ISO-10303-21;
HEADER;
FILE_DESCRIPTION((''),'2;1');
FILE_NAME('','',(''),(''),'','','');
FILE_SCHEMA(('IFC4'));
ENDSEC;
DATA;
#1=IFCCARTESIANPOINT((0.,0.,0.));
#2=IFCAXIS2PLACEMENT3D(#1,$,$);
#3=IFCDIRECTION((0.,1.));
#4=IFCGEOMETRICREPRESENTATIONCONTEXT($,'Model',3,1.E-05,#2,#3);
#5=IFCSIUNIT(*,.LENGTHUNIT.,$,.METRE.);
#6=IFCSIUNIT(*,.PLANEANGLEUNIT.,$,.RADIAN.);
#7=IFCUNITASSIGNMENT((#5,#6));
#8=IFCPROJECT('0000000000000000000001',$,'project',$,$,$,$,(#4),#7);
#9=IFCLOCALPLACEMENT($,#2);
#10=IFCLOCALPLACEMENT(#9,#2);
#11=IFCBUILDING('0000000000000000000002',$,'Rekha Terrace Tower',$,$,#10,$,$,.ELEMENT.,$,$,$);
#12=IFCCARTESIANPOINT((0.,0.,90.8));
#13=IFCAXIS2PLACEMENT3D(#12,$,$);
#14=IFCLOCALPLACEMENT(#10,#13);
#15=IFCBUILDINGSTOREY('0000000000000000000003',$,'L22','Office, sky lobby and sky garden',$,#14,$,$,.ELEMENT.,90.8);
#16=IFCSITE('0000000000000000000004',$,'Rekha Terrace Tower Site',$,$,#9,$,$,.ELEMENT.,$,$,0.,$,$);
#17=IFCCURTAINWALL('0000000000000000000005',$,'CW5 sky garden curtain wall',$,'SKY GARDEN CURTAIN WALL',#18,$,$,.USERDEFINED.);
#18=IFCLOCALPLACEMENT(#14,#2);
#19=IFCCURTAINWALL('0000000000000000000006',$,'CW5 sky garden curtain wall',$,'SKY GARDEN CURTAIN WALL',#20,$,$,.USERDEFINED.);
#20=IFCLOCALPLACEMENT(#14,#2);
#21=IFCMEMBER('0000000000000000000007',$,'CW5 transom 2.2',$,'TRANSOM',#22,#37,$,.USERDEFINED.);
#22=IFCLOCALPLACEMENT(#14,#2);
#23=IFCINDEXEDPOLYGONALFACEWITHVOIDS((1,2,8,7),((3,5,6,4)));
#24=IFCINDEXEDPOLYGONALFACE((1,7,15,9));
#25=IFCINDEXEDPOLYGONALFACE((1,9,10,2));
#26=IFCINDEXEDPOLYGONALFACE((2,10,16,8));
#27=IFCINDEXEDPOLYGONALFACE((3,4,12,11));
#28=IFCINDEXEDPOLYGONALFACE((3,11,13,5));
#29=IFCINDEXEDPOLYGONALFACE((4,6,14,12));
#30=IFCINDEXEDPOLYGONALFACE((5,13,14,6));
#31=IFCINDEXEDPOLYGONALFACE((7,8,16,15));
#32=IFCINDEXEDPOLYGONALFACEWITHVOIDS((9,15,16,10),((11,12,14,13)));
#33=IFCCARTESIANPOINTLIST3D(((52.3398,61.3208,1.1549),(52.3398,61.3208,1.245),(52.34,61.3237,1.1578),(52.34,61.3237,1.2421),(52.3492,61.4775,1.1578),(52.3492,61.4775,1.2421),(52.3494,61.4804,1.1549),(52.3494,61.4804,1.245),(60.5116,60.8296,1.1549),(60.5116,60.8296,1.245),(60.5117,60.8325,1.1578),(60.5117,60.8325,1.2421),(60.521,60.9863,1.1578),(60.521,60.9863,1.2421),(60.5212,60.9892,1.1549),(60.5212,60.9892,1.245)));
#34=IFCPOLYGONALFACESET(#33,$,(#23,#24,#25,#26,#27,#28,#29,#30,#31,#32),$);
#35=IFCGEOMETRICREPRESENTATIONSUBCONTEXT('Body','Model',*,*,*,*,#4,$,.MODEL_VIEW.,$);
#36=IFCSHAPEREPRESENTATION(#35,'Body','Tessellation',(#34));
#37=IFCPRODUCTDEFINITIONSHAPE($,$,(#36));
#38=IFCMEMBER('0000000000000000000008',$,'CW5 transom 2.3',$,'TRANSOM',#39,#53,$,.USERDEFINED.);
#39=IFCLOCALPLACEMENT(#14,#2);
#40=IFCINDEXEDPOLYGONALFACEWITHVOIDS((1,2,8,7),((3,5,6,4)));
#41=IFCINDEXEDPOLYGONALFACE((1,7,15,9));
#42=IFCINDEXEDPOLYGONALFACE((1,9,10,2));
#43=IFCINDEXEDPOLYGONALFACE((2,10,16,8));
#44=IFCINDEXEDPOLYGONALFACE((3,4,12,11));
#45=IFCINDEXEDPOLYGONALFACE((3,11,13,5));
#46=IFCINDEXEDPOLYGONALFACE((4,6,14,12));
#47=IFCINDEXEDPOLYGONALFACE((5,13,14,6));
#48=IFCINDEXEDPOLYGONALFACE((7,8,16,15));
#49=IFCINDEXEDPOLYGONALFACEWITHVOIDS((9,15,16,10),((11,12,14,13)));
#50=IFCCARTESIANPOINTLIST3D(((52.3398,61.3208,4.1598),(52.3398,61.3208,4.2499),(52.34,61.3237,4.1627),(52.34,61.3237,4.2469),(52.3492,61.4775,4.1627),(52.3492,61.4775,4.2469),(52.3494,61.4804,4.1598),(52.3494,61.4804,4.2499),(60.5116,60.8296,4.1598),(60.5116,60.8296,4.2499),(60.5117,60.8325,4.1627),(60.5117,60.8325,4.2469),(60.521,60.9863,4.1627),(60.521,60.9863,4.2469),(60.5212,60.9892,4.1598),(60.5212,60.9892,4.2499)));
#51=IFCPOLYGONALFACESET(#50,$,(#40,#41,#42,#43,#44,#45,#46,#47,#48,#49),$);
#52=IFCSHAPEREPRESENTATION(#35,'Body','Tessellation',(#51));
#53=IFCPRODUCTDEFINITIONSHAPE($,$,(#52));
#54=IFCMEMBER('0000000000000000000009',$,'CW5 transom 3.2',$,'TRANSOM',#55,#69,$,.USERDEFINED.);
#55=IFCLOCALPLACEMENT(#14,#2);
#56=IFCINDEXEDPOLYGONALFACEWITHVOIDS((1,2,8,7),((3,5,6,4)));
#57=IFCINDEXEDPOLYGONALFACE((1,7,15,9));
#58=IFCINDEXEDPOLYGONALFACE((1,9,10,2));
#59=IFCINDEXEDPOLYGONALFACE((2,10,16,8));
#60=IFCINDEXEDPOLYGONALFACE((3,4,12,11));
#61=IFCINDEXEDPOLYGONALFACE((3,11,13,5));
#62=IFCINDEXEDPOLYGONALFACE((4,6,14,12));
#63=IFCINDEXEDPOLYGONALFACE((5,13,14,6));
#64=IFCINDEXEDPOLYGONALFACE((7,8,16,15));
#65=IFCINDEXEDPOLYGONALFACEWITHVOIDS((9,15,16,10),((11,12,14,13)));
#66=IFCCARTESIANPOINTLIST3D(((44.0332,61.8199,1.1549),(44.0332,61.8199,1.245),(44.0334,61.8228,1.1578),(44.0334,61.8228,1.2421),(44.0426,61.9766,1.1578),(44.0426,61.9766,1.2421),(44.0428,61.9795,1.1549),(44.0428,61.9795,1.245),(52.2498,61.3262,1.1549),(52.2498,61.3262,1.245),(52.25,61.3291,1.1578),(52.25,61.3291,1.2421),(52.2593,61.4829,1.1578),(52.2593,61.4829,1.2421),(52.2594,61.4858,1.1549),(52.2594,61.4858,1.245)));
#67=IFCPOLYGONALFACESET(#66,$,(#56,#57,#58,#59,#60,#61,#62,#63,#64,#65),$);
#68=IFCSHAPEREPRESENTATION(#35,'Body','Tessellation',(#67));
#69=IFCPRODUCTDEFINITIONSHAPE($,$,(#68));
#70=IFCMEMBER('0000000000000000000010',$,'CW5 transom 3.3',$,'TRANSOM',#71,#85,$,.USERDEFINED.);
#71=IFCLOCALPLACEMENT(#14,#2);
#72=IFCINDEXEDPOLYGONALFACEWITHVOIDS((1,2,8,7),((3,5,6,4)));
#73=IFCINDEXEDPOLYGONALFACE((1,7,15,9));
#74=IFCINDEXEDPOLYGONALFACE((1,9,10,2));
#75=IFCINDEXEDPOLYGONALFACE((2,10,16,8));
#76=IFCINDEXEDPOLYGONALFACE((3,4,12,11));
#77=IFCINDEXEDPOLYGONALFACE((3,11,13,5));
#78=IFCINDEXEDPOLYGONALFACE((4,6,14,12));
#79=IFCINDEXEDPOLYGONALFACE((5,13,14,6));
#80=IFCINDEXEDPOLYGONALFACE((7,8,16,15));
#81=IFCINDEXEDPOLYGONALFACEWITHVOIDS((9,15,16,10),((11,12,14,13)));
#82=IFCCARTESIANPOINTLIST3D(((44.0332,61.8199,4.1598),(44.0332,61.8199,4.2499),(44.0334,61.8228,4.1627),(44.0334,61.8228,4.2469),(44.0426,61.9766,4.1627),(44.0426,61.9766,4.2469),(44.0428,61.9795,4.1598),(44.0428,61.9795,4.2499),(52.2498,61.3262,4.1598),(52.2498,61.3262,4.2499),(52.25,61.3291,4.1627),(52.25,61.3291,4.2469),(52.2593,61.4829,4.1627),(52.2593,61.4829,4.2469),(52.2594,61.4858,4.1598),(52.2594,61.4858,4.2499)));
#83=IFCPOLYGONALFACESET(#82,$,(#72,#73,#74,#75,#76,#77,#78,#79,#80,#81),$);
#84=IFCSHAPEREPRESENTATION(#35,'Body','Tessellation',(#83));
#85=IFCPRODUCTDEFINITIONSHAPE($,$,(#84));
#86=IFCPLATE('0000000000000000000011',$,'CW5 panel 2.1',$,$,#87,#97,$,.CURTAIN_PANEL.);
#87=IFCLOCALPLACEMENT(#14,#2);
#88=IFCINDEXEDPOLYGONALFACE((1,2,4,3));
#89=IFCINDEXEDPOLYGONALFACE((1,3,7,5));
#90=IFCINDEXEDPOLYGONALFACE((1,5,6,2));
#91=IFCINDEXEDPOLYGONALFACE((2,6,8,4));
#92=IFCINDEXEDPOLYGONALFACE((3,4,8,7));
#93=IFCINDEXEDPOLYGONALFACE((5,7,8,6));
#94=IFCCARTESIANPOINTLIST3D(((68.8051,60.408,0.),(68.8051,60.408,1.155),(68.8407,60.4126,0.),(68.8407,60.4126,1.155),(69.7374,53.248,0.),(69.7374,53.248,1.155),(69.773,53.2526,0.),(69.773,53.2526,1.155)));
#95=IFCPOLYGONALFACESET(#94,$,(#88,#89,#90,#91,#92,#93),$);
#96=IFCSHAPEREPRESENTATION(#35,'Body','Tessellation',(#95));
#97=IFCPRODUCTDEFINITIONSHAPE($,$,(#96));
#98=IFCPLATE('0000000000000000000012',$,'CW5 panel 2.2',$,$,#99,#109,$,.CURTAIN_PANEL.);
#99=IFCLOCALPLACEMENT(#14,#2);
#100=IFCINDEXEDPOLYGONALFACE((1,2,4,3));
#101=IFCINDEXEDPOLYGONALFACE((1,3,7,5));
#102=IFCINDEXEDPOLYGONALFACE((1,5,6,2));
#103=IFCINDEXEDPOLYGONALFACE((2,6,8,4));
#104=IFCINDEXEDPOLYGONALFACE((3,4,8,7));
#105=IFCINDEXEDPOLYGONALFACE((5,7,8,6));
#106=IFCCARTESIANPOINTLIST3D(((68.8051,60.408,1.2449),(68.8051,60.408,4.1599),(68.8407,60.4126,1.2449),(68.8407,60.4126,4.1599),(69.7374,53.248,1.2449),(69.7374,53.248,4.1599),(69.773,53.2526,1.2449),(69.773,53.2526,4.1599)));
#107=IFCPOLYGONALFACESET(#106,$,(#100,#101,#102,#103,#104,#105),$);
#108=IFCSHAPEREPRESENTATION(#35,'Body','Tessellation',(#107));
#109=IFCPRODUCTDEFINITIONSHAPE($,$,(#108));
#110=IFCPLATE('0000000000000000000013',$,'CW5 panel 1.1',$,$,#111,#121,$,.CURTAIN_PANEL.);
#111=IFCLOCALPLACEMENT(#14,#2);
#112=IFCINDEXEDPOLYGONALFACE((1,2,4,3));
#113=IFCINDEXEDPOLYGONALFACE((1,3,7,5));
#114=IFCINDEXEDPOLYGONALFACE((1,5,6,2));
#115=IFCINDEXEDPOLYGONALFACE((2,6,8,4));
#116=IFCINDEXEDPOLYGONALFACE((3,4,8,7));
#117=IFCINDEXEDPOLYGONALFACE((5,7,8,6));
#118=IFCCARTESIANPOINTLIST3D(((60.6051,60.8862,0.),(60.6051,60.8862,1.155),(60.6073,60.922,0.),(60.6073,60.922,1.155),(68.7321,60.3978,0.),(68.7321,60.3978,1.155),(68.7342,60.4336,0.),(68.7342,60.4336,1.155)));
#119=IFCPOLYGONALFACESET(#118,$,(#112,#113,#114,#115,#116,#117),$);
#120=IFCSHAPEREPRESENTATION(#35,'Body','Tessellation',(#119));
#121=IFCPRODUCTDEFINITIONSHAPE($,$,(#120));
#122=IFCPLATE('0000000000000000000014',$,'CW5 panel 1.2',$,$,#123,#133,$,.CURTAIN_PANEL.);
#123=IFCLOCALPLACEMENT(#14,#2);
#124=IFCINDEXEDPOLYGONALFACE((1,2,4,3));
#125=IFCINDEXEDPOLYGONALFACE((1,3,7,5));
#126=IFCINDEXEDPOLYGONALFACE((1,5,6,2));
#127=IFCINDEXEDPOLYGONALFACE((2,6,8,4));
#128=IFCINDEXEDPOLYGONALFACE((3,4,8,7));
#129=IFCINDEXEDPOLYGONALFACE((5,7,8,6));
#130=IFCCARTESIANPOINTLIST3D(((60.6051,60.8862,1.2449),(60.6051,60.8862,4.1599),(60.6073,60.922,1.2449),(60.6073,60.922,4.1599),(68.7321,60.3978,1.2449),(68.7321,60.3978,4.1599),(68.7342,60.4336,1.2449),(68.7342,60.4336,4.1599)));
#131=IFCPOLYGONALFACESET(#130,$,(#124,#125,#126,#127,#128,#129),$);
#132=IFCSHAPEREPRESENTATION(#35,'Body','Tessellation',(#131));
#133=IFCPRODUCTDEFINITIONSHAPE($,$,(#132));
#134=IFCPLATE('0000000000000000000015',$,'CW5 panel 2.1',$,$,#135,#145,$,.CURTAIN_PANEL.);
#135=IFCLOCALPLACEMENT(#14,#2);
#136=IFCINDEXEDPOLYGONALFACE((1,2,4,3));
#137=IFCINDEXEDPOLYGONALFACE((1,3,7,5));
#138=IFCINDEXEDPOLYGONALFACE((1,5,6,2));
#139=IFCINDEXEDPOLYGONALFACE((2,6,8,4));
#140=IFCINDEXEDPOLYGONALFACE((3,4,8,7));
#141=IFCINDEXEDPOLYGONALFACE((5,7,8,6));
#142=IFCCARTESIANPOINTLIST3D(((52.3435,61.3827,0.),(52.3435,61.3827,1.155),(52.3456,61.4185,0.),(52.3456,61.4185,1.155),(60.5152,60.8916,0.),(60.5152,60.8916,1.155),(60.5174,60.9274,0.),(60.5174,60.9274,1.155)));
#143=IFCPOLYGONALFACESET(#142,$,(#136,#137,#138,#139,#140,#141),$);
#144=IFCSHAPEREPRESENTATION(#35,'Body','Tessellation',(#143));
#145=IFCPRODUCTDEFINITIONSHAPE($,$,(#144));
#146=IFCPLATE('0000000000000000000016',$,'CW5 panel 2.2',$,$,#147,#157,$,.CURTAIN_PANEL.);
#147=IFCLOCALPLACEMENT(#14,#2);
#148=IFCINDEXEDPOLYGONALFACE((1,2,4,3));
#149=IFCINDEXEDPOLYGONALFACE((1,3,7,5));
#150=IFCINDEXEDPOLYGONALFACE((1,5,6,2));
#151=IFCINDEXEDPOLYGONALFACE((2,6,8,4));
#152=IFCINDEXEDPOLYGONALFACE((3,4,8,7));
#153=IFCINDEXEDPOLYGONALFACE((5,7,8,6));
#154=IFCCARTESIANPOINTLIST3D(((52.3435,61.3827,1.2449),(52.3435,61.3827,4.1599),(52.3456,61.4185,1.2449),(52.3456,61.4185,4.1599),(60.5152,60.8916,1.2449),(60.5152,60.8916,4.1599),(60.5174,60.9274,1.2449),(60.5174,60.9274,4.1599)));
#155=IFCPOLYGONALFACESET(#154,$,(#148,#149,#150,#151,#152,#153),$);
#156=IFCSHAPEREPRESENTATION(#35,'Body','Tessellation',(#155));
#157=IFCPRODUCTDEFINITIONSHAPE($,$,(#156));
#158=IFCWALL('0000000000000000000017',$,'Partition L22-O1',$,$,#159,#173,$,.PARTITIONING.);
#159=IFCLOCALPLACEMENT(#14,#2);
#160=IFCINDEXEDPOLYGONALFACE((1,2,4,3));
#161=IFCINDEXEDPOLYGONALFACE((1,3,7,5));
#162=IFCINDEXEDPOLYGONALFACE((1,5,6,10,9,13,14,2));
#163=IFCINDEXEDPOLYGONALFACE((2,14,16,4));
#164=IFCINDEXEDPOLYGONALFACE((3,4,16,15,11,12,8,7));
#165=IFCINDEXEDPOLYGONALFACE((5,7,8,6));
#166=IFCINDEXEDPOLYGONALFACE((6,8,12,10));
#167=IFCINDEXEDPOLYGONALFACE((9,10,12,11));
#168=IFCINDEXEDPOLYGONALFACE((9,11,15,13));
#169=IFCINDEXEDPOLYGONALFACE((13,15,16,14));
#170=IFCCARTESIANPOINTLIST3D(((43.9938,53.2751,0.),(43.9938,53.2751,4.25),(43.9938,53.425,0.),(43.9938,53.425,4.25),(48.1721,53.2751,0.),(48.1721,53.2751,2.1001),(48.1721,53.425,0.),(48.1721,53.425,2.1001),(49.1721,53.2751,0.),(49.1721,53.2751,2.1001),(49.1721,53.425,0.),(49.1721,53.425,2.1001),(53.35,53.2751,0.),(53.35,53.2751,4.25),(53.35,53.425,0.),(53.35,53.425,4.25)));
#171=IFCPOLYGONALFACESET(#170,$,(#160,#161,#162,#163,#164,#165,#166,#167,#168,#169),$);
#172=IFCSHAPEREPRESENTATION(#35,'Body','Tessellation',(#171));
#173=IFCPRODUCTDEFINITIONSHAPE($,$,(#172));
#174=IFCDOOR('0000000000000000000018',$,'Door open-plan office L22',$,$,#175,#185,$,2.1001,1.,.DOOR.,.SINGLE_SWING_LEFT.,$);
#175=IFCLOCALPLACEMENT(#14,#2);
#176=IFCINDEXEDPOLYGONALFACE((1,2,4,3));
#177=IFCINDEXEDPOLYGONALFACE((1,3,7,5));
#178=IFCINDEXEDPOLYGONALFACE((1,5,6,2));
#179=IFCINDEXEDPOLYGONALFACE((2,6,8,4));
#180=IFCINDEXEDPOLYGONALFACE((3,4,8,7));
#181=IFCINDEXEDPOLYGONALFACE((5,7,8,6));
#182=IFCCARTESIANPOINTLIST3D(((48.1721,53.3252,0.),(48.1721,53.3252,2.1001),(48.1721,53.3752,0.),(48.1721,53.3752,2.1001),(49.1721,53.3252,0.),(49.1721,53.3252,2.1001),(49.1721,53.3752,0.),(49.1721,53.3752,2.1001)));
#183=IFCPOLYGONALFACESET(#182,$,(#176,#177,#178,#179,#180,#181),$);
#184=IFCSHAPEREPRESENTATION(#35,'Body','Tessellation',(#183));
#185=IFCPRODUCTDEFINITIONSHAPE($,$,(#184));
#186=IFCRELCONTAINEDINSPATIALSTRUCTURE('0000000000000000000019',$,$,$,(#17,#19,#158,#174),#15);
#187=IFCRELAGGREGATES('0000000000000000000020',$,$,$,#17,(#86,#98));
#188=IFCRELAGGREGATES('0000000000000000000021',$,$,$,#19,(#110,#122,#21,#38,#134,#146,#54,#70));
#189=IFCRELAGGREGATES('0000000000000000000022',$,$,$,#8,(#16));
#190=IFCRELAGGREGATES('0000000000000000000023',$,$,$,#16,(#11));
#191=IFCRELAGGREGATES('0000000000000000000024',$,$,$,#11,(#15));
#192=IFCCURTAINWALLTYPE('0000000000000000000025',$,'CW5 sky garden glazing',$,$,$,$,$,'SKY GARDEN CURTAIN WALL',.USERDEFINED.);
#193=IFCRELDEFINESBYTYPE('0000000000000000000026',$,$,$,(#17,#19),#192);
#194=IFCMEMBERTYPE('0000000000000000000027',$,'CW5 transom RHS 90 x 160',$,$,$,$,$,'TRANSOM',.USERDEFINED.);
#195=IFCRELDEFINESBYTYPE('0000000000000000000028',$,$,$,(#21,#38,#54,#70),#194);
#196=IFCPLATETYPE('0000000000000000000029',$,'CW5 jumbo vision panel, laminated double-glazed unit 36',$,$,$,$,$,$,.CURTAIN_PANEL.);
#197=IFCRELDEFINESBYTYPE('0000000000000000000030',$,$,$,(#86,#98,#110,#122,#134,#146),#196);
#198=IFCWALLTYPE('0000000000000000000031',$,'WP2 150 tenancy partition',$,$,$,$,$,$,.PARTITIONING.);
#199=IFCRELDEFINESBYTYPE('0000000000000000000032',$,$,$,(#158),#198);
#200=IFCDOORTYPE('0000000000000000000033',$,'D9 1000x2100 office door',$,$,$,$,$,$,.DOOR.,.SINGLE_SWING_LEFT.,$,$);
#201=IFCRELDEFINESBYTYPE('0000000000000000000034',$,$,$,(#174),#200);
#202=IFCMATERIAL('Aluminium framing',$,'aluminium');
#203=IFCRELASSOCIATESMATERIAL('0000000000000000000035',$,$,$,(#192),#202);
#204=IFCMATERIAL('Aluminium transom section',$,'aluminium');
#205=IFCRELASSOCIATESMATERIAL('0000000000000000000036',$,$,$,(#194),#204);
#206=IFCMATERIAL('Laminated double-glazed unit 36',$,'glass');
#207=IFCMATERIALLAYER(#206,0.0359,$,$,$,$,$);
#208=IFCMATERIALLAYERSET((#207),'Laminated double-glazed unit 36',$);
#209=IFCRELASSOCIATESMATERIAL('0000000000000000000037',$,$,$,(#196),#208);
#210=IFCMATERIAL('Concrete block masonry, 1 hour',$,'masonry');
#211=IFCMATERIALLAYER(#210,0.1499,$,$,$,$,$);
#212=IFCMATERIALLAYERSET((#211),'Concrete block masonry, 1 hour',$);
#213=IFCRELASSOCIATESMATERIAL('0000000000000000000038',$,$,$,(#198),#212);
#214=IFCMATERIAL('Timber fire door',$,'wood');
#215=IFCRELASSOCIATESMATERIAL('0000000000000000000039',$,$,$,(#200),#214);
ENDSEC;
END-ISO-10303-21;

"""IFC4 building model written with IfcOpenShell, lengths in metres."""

from ifc_helpers import new_model, si_unit, direction, frame, frame_2d, origin, origin_2d, place, context, subcontext, project, spatial, rectangle, hollow_rectangle, extrude, material, layer, layer_set, material_profile, profile_set, type_object, element, fill, aggregate, save


model = new_model("IFC4")

# Units and contexts
model_context = context("Model", 3, precision=1e-05, world=origin(), true_north=direction((0.0, 1.0)))
body_context = subcontext(model_context, "Body", "Model", "MODEL_VIEW")
ifc_project = project(units=[si_unit("LENGTHUNIT", "METRE"), si_unit("PLANEANGLEUNIT", "RADIAN")], contexts=[model_context])

# Site, building, storey
site_placement = place(None, origin())
site = spatial("IfcSite", under=ifc_project, at=site_placement, Name="Rekha Terrace Tower Site", CompositionType="ELEMENT", RefElevation=0.0)
building_placement = place(site_placement, origin())
building = spatial("IfcBuilding", under=site, at=building_placement, Name="Rekha Terrace Tower", CompositionType="ELEMENT")
storey_placement = place(building_placement, frame((0.0, 0.0, 90.8)))
storey = spatial("IfcBuildingStorey", under=building, at=storey_placement, Name="L22", Description="Office, sky lobby and sky garden", CompositionType="ELEMENT", Elevation=90.8)

# Curtain wall
ifc_material_1 = material(Name="Aluminium framing", Category="aluminium")
curtain_wall_type = type_object("IfcCurtainWallType", Name="CW5 sky garden glazing", ElementType="SKY GARDEN CURTAIN WALL", PredefinedType="USERDEFINED", material=ifc_material_1)
curtain_wall_1_placement = place(storey_placement, origin())
curtain_wall_1 = element("IfcCurtainWall", 1, at=curtain_wall_1_placement, inside=storey, type_object=curtain_wall_type, Name="CW5 sky garden curtain wall", ObjectType="SKY GARDEN CURTAIN WALL", PredefinedType="USERDEFINED")

# Curtain wall
curtain_wall_2_placement = place(storey_placement, origin())
curtain_wall_2 = element("IfcCurtainWall", 2, at=curtain_wall_2_placement, inside=storey, type_object=curtain_wall_type, Name="CW5 sky garden curtain wall", ObjectType="SKY GARDEN CURTAIN WALL", PredefinedType="USERDEFINED")

# Members
ifc_material_2 = material(Name="Aluminium transom section", Category="aluminium")
ifc_material_profile_1 = material_profile(ifc_material_2, hollow_rectangle(XDim=0.1599, YDim=0.0901, WallThickness=0.0029, at=origin_2d()), Name="AL RHS 160x90")
ifc_profile_set_1 = profile_set([ifc_material_profile_1], Name="Aluminium transom section")
member_type_1 = type_object("IfcMemberType", Name="CW5 transom RHS 90 x 160", ElementType="TRANSOM", PredefinedType="USERDEFINED", material=ifc_profile_set_1)
member_1_placement = place(storey_placement, frame((60.5164, 60.9094, 1.2), z_axis=(-0.998198, 0.060002, 0.0), x_axis=(-0.060002, -0.998198, 0.0)))
member_1 = element("IfcMember", 3, at=member_1_placement, type_object=member_type_1, Name="CW5 transom 2.2", ObjectType="TRANSOM", PredefinedType="USERDEFINED", context=body_context, shape_type="SweptSolid", body=[
    extrude(hollow_rectangle(XDim=0.1599, YDim=0.0901, WallThickness=0.0029, at=origin_2d()), origin(), (0.0, 0.0, 1.0), 8.1865),
])
member_2_placement = place(storey_placement, frame((60.5164, 60.9094, 4.2048), z_axis=(-0.998198, 0.060002, 0.0), x_axis=(-0.060002, -0.998198, 0.0)))
member_2 = element("IfcMember", 4, at=member_2_placement, type_object=member_type_1, Name="CW5 transom 2.3", ObjectType="TRANSOM", PredefinedType="USERDEFINED", context=body_context, shape_type="SweptSolid", body=[
    extrude(hollow_rectangle(XDim=0.1599, YDim=0.0901, WallThickness=0.0029, at=origin_2d()), origin(), (0.0, 0.0, 1.0), 8.1865),
])
member_3_placement = place(storey_placement, frame((52.2546, 61.406, 1.2), z_axis=(-0.9982, 0.059972, 0.0), x_axis=(-0.059972, -0.9982, 0.0)))
member_3 = element("IfcMember", 5, at=member_3_placement, type_object=member_type_1, Name="CW5 transom 3.2", ObjectType="TRANSOM", PredefinedType="USERDEFINED", context=body_context, shape_type="SweptSolid", body=[
    extrude(hollow_rectangle(XDim=0.1599, YDim=0.0901, WallThickness=0.0029, at=origin_2d()), origin(), (0.0, 0.0, 1.0), 8.2314),
])
member_4_placement = place(storey_placement, frame((52.2546, 61.406, 4.2048), z_axis=(-0.9982, 0.059972, 0.0), x_axis=(-0.059972, -0.9982, 0.0)))
member_4 = element("IfcMember", 6, at=member_4_placement, type_object=member_type_1, Name="CW5 transom 3.3", ObjectType="TRANSOM", PredefinedType="USERDEFINED", context=body_context, shape_type="SweptSolid", body=[
    extrude(hollow_rectangle(XDim=0.1599, YDim=0.0901, WallThickness=0.0029, at=origin_2d()), origin(), (0.0, 0.0, 1.0), 8.2314),
])

# Plates
ifc_material_3 = material(Name="Laminated double-glazed unit 36", Category="glass")
ifc_layer_1 = layer(ifc_material_3, 0.0359)
ifc_layer_set_1 = layer_set([ifc_layer_1], Name="Laminated double-glazed unit 36")
plate_type = type_object("IfcPlateType", Name="CW5 jumbo vision panel, laminated double-glazed unit 36", PredefinedType="CURTAIN_PANEL", material=ifc_layer_set_1)
plate_1_placement = place(storey_placement, frame((69.2891, 56.8303, 0.0), z_axis=(0.0, 0.0, 1.0), x_axis=(-0.129118, 0.991629, 0.0)))
plate_1 = element("IfcPlate", 7, at=plate_1_placement, type_object=plate_type, Name="CW5 panel 2.1", PredefinedType="CURTAIN_PANEL", context=body_context, shape_type="SweptSolid", body=[
    extrude(rectangle(XDim=7.2205, YDim=0.0359, at=origin_2d()), origin(), (0.0, 0.0, 1.0), 1.155),
])
plate_2_placement = place(storey_placement, frame((69.2891, 56.8303, 1.2449), z_axis=(0.0, 0.0, 1.0), x_axis=(-0.129118, 0.991629, 0.0)))
plate_2 = element("IfcPlate", 8, at=plate_2_placement, type_object=plate_type, Name="CW5 panel 2.2", PredefinedType="CURTAIN_PANEL", context=body_context, shape_type="SweptSolid", body=[
    extrude(rectangle(XDim=7.2205, YDim=0.0359, at=origin_2d()), origin(), (0.0, 0.0, 1.0), 2.915),
])
aggregate(curtain_wall_1, [plate_1, plate_2])
plate_3_placement = place(storey_placement, frame((64.6697, 60.6599, 0.0), z_axis=(0.0, 0.0, 1.0), x_axis=(-0.998199, 0.059988, 0.0)))
plate_3 = element("IfcPlate", 9, at=plate_3_placement, type_object=plate_type, Name="CW5 panel 1.1", PredefinedType="CURTAIN_PANEL", context=body_context, shape_type="SweptSolid", body=[
    extrude(rectangle(XDim=8.1416, YDim=0.0359, at=origin_2d()), origin(), (0.0, 0.0, 1.0), 1.155),
])
plate_4_placement = place(storey_placement, frame((64.6697, 60.6599, 1.2449), z_axis=(0.0, 0.0, 1.0), x_axis=(-0.998199, 0.059988, 0.0)))
plate_4 = element("IfcPlate", 10, at=plate_4_placement, type_object=plate_type, Name="CW5 panel 1.2", PredefinedType="CURTAIN_PANEL", context=body_context, shape_type="SweptSolid", body=[
    extrude(rectangle(XDim=8.1416, YDim=0.0359, at=origin_2d()), origin(), (0.0, 0.0, 1.0), 2.915),
])
plate_5_placement = place(storey_placement, frame((56.4304, 61.155, 0.0), z_axis=(0.0, 0.0, 1.0), x_axis=(-0.998199, 0.059988, 0.0)))
plate_5 = element("IfcPlate", 11, at=plate_5_placement, type_object=plate_type, Name="CW5 panel 2.1", PredefinedType="CURTAIN_PANEL", context=body_context, shape_type="SweptSolid", body=[
    extrude(rectangle(XDim=8.1865, YDim=0.0359, at=origin_2d()), origin(), (0.0, 0.0, 1.0), 1.155),
])
plate_6_placement = place(storey_placement, frame((56.4304, 61.155, 1.2449), z_axis=(0.0, 0.0, 1.0), x_axis=(-0.998199, 0.059988, 0.0)))
plate_6 = element("IfcPlate", 12, at=plate_6_placement, type_object=plate_type, Name="CW5 panel 2.2", PredefinedType="CURTAIN_PANEL", context=body_context, shape_type="SweptSolid", body=[
    extrude(rectangle(XDim=8.1865, YDim=0.0359, at=origin_2d()), origin(), (0.0, 0.0, 1.0), 2.915),
])
aggregate(curtain_wall_2, [plate_3, plate_4, member_1, member_2, plate_5, plate_6, member_3, member_4])

# Wall, opening, door
ifc_material_4 = material(Name="Concrete block masonry, 1 hour", Category="masonry")
ifc_layer_2 = layer(ifc_material_4, 0.1499)
ifc_layer_set_2 = layer_set([ifc_layer_2], Name="Concrete block masonry, 1 hour")
wall_type_1 = type_object("IfcWallType", Name="WP2 150 tenancy partition", PredefinedType="PARTITIONING", material=ifc_layer_set_2)
wall_1_placement = place(storey_placement, frame((53.3501, 53.3501, 0.0), z_axis=(0.0, 0.0, 1.0), x_axis=(-1.0, 0.0, 0.0)))
wall_1 = element("IfcWall", 13, at=wall_1_placement, inside=storey, type_object=wall_type_1, Name="Partition L22-O1", PredefinedType="PARTITIONING", context=body_context, shape_type="SweptSolid", body=[
    extrude(rectangle(XDim=9.3562, YDim=0.1499, at=frame_2d((4.6782, 0.0))), origin(), (0.0, 0.0, 1.0), 4.25),
])
opening_1_placement = place(wall_1_placement, frame((4.178, 0.0, 0.0)))
opening_1 = element("IfcOpeningElement", 14, at=opening_1_placement, cuts=wall_1, PredefinedType="OPENING", context=body_context, shape_type="SweptSolid", body=[
    extrude(rectangle(XDim=1.0, YDim=2.1001, at=frame_2d((0.5, 1.05))), frame((0.0, 0.085, 0.0), z_axis=(0.0, -1.0, 0.0), x_axis=(1.0, 0.0, 0.0)), (0.0, 0.0, 1.0), 0.1699),
])
ifc_material_5 = material(Name="Timber fire door", Category="wood")
door_type_1 = type_object("IfcDoorType", Name="D9 1000x2100 office door", OperationType="SINGLE_SWING_LEFT", PredefinedType="DOOR", material=ifc_material_5)
door_1_placement = place(opening_1_placement, origin())
door_1 = element("IfcDoor", 15, at=door_1_placement, inside=storey, type_object=door_type_1, Name="Door open-plan office L22", OperationType="SINGLE_SWING_LEFT", OverallHeight=2.1001, OverallWidth=1.0, PredefinedType="DOOR", context=body_context, shape_type="SweptSolid", body=[
    extrude(rectangle(XDim=1.0, YDim=2.1001, at=frame_2d((0.5, 1.05))), frame((0.0, 0.0249, 0.0), z_axis=(0.0, -1.0, 0.0), x_axis=(1.0, 0.0, 0.0)), (0.0, 0.0, 1.0), 0.05),
])
fill(opening_1, door_1)

save(model, "model.ifc")
